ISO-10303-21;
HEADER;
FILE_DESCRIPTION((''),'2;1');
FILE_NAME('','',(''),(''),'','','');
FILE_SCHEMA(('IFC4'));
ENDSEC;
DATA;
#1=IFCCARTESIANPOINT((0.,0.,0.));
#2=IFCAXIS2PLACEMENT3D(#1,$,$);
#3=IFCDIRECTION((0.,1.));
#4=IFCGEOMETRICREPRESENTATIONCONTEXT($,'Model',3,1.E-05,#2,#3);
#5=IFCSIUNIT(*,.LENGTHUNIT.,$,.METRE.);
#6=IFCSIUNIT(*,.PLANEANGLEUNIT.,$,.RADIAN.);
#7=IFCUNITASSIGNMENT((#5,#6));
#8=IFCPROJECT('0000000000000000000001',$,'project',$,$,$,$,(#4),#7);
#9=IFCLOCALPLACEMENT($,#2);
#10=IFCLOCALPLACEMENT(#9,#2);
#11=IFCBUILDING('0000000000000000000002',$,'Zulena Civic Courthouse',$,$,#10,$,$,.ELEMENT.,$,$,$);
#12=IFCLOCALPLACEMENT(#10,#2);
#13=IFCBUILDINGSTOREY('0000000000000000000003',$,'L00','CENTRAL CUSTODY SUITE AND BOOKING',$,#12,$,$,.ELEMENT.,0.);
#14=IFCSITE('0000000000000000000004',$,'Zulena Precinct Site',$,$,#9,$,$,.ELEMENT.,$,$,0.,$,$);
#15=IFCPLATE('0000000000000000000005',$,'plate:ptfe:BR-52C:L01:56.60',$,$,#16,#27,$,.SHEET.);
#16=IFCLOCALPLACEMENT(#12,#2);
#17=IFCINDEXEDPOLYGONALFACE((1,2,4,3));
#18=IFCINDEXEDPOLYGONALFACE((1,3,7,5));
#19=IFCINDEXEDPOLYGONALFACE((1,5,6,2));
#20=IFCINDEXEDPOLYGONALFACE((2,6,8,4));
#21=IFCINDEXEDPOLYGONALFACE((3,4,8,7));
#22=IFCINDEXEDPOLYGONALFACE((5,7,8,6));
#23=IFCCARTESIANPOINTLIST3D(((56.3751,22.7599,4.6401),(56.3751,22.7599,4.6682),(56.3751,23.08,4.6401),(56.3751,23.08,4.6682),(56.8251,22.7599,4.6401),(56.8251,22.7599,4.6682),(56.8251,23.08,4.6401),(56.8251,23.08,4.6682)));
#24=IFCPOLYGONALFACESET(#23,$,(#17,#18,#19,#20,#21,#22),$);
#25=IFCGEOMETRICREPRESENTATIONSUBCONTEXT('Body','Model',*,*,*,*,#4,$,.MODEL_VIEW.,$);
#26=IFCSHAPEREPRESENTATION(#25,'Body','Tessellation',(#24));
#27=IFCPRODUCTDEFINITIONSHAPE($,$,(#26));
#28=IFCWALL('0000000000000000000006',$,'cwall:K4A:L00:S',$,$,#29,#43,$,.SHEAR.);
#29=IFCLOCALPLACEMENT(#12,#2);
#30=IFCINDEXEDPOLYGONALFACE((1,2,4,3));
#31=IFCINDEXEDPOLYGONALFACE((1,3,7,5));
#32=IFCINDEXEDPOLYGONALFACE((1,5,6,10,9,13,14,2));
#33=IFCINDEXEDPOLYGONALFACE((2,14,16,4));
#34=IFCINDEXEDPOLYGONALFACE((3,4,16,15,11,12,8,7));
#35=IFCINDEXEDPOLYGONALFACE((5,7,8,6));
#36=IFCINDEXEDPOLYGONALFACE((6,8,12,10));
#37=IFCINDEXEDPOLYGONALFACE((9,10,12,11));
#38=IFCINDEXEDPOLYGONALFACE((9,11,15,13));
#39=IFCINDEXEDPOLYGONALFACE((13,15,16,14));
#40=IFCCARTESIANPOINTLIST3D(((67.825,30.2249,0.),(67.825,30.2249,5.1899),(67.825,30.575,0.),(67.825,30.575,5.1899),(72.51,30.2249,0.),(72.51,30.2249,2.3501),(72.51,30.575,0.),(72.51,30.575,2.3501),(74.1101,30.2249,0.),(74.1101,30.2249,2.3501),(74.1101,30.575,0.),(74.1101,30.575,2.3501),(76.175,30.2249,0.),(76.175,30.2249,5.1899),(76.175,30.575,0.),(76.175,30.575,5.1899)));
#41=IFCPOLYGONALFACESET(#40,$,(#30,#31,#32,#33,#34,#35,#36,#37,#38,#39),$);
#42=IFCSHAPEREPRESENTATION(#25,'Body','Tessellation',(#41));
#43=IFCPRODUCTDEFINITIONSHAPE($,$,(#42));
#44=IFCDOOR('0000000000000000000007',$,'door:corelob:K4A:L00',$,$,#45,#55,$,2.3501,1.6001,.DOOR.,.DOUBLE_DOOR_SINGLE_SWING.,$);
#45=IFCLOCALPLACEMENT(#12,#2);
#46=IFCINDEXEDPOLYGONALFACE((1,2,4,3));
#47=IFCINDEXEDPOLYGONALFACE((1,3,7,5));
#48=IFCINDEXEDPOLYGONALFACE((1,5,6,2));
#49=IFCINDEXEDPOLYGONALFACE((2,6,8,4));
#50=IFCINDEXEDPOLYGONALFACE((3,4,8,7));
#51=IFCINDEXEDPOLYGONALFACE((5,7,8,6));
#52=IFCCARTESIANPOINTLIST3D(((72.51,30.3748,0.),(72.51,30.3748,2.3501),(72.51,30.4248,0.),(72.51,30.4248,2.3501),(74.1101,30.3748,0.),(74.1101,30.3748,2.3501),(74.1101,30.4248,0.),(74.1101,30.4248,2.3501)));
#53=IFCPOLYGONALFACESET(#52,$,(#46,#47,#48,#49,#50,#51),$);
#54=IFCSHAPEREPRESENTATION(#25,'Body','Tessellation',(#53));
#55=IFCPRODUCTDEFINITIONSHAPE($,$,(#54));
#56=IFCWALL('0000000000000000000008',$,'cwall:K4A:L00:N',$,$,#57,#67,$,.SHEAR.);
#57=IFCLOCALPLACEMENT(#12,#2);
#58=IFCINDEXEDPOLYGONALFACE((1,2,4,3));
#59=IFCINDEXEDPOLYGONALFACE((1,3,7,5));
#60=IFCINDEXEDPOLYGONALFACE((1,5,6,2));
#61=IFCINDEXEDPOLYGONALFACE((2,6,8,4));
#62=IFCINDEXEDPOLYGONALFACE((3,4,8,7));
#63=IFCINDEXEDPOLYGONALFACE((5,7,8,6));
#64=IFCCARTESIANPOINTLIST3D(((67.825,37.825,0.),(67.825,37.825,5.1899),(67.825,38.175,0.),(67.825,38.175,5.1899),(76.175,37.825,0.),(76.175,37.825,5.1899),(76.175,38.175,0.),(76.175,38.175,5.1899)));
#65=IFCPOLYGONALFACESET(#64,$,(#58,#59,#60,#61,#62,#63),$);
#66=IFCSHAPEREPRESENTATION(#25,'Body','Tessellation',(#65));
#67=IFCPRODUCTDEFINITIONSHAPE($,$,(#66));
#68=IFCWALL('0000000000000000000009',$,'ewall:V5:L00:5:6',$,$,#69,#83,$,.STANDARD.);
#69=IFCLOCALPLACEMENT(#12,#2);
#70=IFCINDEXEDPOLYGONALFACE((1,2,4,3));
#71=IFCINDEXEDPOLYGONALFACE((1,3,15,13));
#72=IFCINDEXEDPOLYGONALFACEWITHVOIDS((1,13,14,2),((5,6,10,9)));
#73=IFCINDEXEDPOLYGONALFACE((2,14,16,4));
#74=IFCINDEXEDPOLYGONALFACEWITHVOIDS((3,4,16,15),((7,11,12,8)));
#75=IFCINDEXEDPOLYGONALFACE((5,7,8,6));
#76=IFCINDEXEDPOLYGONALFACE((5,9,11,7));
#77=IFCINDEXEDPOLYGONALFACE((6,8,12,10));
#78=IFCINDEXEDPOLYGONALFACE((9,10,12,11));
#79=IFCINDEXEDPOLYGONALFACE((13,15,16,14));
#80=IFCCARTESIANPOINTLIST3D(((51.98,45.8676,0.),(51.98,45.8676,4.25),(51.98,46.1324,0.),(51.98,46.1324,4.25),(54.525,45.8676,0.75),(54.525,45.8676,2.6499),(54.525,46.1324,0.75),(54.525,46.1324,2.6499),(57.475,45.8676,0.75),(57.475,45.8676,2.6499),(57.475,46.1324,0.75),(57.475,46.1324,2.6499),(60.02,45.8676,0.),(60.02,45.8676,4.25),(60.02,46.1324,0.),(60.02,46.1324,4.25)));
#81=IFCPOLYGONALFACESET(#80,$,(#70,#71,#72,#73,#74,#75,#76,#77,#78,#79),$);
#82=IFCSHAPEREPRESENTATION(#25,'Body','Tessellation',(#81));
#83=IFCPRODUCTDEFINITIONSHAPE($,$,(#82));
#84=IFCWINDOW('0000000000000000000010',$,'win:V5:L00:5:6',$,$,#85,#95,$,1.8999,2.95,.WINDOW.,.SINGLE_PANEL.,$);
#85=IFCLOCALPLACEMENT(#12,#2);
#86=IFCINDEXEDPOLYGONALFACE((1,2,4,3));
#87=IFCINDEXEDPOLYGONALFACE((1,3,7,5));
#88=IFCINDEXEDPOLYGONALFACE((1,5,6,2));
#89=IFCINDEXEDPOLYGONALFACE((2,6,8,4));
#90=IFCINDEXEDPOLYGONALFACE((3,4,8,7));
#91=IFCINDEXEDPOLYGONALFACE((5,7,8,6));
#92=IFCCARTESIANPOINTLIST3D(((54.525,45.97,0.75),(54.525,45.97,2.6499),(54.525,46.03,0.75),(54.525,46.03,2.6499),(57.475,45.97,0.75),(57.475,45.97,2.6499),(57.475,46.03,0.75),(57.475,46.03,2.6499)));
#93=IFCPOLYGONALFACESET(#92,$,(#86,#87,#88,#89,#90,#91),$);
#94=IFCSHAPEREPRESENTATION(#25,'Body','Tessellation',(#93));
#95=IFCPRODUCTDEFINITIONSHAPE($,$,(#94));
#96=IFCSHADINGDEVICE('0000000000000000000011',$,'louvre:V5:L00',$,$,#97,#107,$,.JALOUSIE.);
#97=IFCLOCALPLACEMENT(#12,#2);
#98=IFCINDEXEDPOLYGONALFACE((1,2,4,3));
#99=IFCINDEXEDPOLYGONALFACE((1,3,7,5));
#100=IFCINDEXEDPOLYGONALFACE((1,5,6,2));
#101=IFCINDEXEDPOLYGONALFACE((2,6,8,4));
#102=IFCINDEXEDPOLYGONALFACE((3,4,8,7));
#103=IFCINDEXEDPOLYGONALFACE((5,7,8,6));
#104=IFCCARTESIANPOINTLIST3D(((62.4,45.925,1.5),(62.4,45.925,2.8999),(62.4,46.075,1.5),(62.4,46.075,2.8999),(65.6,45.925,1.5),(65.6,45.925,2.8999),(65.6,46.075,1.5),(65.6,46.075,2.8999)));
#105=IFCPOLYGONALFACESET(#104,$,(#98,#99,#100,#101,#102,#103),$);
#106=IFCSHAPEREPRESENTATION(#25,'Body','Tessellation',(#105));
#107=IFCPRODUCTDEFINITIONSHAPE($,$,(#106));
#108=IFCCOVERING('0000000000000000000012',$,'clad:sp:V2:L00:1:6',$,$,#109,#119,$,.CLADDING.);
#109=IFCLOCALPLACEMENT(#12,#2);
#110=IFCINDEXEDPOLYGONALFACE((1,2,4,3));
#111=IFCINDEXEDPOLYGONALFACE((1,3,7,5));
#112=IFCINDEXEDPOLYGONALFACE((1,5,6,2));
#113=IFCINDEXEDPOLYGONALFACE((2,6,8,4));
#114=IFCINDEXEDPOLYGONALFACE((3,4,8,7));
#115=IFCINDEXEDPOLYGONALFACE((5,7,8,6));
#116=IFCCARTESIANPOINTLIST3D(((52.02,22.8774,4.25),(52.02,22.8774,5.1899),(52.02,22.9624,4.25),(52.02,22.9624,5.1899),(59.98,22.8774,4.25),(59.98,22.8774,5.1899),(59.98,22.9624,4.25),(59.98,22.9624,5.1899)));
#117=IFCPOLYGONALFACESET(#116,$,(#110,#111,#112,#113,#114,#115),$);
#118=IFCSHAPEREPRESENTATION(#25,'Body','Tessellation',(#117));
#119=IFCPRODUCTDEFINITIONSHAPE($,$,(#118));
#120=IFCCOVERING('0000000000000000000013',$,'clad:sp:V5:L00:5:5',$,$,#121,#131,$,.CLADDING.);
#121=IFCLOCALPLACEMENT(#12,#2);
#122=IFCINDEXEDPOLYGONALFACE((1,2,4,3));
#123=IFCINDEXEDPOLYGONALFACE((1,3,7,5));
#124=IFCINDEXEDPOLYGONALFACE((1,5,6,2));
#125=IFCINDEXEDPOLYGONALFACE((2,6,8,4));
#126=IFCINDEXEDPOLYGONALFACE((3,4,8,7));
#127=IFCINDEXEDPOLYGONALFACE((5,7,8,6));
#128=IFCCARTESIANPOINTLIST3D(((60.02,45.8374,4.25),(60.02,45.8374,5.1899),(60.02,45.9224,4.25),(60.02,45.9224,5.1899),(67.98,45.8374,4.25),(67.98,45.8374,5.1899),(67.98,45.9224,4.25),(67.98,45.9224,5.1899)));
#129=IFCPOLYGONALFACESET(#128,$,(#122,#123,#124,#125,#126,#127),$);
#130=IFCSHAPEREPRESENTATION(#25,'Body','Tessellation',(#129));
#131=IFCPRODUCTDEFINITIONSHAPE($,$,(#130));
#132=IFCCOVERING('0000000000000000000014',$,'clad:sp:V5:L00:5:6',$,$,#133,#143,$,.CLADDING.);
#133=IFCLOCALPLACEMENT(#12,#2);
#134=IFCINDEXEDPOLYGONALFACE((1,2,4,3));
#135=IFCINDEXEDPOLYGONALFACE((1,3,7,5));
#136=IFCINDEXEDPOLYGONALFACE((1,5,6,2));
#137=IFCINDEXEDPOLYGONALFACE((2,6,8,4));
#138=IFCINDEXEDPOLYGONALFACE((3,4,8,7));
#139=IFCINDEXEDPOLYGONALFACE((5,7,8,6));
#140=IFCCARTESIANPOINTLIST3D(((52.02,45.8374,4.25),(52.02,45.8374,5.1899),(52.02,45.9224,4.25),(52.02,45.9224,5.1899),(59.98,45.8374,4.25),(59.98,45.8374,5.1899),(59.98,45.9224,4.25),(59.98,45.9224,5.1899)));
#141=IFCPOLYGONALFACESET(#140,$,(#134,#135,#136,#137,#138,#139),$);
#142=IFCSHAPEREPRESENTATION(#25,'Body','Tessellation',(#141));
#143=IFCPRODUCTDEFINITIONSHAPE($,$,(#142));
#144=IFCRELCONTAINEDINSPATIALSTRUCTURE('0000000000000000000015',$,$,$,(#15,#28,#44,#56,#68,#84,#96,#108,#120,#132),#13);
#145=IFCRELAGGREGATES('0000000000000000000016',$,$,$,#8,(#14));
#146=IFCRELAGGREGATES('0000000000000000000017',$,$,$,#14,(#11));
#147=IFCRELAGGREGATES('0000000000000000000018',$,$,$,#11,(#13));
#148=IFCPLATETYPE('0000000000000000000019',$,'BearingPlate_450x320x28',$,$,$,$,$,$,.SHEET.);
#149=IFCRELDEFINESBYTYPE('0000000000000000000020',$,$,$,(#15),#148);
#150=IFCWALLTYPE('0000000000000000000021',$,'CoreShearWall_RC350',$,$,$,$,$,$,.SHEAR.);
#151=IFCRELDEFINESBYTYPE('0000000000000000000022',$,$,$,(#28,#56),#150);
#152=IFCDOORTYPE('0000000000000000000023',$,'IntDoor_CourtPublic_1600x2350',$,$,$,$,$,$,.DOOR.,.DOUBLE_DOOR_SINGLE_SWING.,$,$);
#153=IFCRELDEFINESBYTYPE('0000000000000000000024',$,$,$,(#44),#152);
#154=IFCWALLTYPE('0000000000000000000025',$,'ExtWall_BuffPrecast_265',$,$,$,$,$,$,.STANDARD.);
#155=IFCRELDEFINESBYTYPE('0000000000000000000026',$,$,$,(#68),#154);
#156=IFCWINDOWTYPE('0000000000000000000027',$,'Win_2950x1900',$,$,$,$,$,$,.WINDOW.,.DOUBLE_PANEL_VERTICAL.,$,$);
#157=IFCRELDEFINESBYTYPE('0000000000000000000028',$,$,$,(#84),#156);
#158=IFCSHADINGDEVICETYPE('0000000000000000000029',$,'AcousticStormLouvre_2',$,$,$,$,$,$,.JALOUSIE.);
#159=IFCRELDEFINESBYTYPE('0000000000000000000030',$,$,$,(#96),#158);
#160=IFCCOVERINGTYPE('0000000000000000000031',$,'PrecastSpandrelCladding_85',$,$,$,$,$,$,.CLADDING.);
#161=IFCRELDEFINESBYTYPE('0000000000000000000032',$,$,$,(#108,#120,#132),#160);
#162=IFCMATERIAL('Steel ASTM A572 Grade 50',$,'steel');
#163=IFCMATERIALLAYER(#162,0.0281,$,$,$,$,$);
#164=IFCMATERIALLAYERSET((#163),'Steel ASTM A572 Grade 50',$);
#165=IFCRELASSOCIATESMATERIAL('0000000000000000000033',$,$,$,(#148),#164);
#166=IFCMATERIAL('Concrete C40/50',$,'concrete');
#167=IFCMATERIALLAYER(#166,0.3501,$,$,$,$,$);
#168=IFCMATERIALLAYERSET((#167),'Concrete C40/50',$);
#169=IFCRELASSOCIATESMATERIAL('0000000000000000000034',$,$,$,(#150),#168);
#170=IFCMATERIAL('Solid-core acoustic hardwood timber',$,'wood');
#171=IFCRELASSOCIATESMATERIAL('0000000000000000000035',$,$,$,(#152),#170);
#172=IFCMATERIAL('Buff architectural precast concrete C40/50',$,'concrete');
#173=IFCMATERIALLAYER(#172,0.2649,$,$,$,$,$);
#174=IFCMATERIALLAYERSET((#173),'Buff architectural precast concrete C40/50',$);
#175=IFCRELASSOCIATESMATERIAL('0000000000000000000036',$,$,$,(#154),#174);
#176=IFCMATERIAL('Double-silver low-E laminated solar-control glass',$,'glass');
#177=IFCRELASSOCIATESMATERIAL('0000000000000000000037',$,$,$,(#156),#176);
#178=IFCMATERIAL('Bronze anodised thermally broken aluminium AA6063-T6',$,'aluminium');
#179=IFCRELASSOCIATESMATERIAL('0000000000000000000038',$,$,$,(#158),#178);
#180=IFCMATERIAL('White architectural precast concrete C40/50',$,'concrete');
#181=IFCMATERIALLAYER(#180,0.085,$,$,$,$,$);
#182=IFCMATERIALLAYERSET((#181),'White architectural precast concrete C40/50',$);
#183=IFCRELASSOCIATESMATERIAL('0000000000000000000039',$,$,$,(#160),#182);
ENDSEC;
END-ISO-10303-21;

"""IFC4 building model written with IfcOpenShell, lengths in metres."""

from ifc_helpers import new_model, si_unit, direction, frame, frame_2d, origin, origin_2d, place, context, subcontext, project, spatial, rectangle, extrude, material, layer, layer_set, type_object, element, fill, save


model = new_model("IFC4")

# Units and contexts
model_context = context("Model", 3, precision=1e-05, world=origin(), true_north=direction((0.0, 1.0)))
body_context = subcontext(model_context, "Body", "Model", "MODEL_VIEW")
ifc_project = project(units=[si_unit("LENGTHUNIT", "METRE"), si_unit("PLANEANGLEUNIT", "RADIAN")], contexts=[model_context])

# Site, building, storey
site_placement = place(None, origin())
site = spatial("IfcSite", under=ifc_project, at=site_placement, Name="Zulena Precinct Site", CompositionType="ELEMENT", RefElevation=0.0)
building_placement = place(site_placement, origin())
building = spatial("IfcBuilding", under=site, at=building_placement, Name="Zulena Civic Courthouse", CompositionType="ELEMENT")
storey_placement = place(building_placement, origin())
storey = spatial("IfcBuildingStorey", under=building, at=storey_placement, Name="L00", Description="CENTRAL CUSTODY SUITE AND BOOKING", CompositionType="ELEMENT", Elevation=0.0)

# Shared definitions
ifc_material_1 = material(Name="Concrete C40/50", Category="concrete")

# Plate
ifc_material_2 = material(Name="Steel ASTM A572 Grade 50", Category="steel")
ifc_layer_1 = layer(ifc_material_2, 0.0281)
ifc_layer_set_1 = layer_set([ifc_layer_1], Name="Steel ASTM A572 Grade 50")
plate_type = type_object("IfcPlateType", Name="BearingPlate_450x320x28", PredefinedType="SHEET", material=ifc_layer_set_1)
plate_placement = place(storey_placement, frame((56.6001, 22.9199, 4.6401), z_axis=(0.0, 0.0, 1.0), x_axis=(1.0, 0.0, 0.0)))
element("IfcPlate", 1, at=plate_placement, inside=storey, type_object=plate_type, Name="plate:ptfe:BR-52C:L01:56.60", PredefinedType="SHEET", context=body_context, shape_type="SweptSolid", body=[
    extrude(rectangle(XDim=0.45, YDim=0.3201, at=origin_2d()), origin(), (0.0, 0.0, 1.0), 0.0281),
])

# Wall, opening, door
ifc_layer_2 = layer(ifc_material_1, 0.3501)
ifc_layer_set_2 = layer_set([ifc_layer_2], Name="Concrete C40/50")
wall_type_1 = type_object("IfcWallType", Name="CoreShearWall_RC350", PredefinedType="SHEAR", material=ifc_layer_set_2)
wall_1_placement = place(storey_placement, frame((67.825, 30.3999, 0.0), z_axis=(0.0, 0.0, 1.0), x_axis=(1.0, 0.0, 0.0)))
wall_1 = element("IfcWall", 2, at=wall_1_placement, inside=storey, type_object=wall_type_1, Name="cwall:K4A:L00:S", PredefinedType="SHEAR", context=body_context, shape_type="SweptSolid", body=[
    extrude(rectangle(XDim=8.3501, YDim=0.3501, at=frame_2d((4.175, 0.0))), origin(), (0.0, 0.0, 1.0), 5.1899),
])
opening_1_placement = place(wall_1_placement, frame((4.6851, 0.0, 0.0)))
opening_1 = element("IfcOpeningElement", 3, at=opening_1_placement, cuts=wall_1, PredefinedType="OPENING", context=body_context, shape_type="SweptSolid", body=[
    extrude(rectangle(XDim=1.6001, YDim=2.3501, at=frame_2d((0.8, 1.175))), frame((0.0, 0.1851, 0.0), z_axis=(0.0, -1.0, 0.0), x_axis=(1.0, 0.0, 0.0)), (0.0, 0.0, 1.0), 0.3701),
])
ifc_material_3 = material(Name="Solid-core acoustic hardwood timber", Category="wood")
door_type = type_object("IfcDoorType", Name="IntDoor_CourtPublic_1600x2350", OperationType="DOUBLE_DOOR_SINGLE_SWING", PredefinedType="DOOR", material=ifc_material_3)
door_placement = place(opening_1_placement, origin())
door = element("IfcDoor", 4, at=door_placement, inside=storey, type_object=door_type, Name="door:corelob:K4A:L00", OperationType="DOUBLE_DOOR_SINGLE_SWING", OverallHeight=2.3501, OverallWidth=1.6001, PredefinedType="DOOR", context=body_context, shape_type="SweptSolid", body=[
    extrude(rectangle(XDim=1.6001, YDim=2.3501, at=frame_2d((0.8, 1.175))), frame((0.0, 0.0249, 0.0), z_axis=(0.0, -1.0, 0.0), x_axis=(1.0, 0.0, 0.0)), (0.0, 0.0, 1.0), 0.05),
])
fill(opening_1, door)

# Wall
wall_2_placement = place(storey_placement, frame((67.825, 38.0, 0.0), z_axis=(0.0, 0.0, 1.0), x_axis=(1.0, 0.0, 0.0)))
element("IfcWall", 5, at=wall_2_placement, inside=storey, type_object=wall_type_1, Name="cwall:K4A:L00:N", PredefinedType="SHEAR", context=body_context, shape_type="SweptSolid", body=[
    extrude(rectangle(XDim=8.3501, YDim=0.3501, at=frame_2d((4.175, 0.0))), origin(), (0.0, 0.0, 1.0), 5.1899),
])

# Wall, opening, window
ifc_material_4 = material(Name="Buff architectural precast concrete C40/50", Category="concrete")
ifc_layer_3 = layer(ifc_material_4, 0.2649)
ifc_layer_set_3 = layer_set([ifc_layer_3], Name="Buff architectural precast concrete C40/50")
wall_type_2 = type_object("IfcWallType", Name="ExtWall_BuffPrecast_265", PredefinedType="STANDARD", material=ifc_layer_set_3)
wall_3_placement = place(storey_placement, frame((60.02, 46.0, 0.0), z_axis=(0.0, 0.0, 1.0), x_axis=(-1.0, 0.0, 0.0)))
wall_3 = element("IfcWall", 6, at=wall_3_placement, inside=storey, type_object=wall_type_2, Name="ewall:V5:L00:5:6", PredefinedType="STANDARD", context=body_context, shape_type="SweptSolid", body=[
    extrude(rectangle(XDim=8.04, YDim=0.2649, at=frame_2d((4.02, 0.0))), origin(), (0.0, 0.0, 1.0), 4.25),
])
opening_2_placement = place(wall_3_placement, frame((2.5449, 0.0, 0.75)))
opening_2 = element("IfcOpeningElement", 7, at=opening_2_placement, cuts=wall_3, PredefinedType="OPENING", context=body_context, shape_type="SweptSolid", body=[
    extrude(rectangle(XDim=2.95, YDim=1.8999, at=frame_2d((1.4751, 0.95))), frame((0.0, 0.1423, 0.0), z_axis=(0.0, -1.0, 0.0), x_axis=(1.0, 0.0, 0.0)), (0.0, 0.0, 1.0), 0.2849),
])
ifc_material_5 = material(Name="Double-silver low-E laminated solar-control glass", Category="glass")
window_type = type_object("IfcWindowType", Name="Win_2950x1900", PartitioningType="DOUBLE_PANEL_VERTICAL", PredefinedType="WINDOW", material=ifc_material_5)
window_placement = place(opening_2_placement, origin())
window = element("IfcWindow", 8, at=window_placement, inside=storey, type_object=window_type, Name="win:V5:L00:5:6", OverallHeight=1.8999, OverallWidth=2.95, PartitioningType="SINGLE_PANEL", PredefinedType="WINDOW", context=body_context, shape_type="SweptSolid", body=[
    extrude(rectangle(XDim=2.95, YDim=1.8999, at=frame_2d((1.4751, 0.95))), frame((0.0, 0.03, 0.0), z_axis=(0.0, -1.0, 0.0), x_axis=(1.0, 0.0, 0.0)), (0.0, 0.0, 1.0), 0.0601),
])
fill(opening_2, window)

# Shading device
ifc_material_6 = material(Name="Bronze anodised thermally broken aluminium AA6063-T6", Category="aluminium")
shading_device_type = type_object("IfcShadingDeviceType", Name="AcousticStormLouvre_2", PredefinedType="JALOUSIE", material=ifc_material_6)
shading_device_placement = place(storey_placement, frame((64.0, 46.0, 1.5), z_axis=(0.0, 0.0, 1.0), x_axis=(1.0, 0.0, 0.0)))
element("IfcShadingDevice", 9, at=shading_device_placement, inside=storey, type_object=shading_device_type, Name="louvre:V5:L00", PredefinedType="JALOUSIE", context=body_context, shape_type="SweptSolid", body=[
    extrude(rectangle(XDim=3.2, YDim=0.1499, at=origin_2d()), origin(), (0.0, 0.0, 1.0), 1.3999),
])

# Coverings
ifc_material_7 = material(Name="White architectural precast concrete C40/50", Category="concrete")
ifc_layer_4 = layer(ifc_material_7, 0.085)
ifc_layer_set_4 = layer_set([ifc_layer_4], Name="White architectural precast concrete C40/50")
covering_type = type_object("IfcCoveringType", Name="PrecastSpandrelCladding_85", PredefinedType="CLADDING", material=ifc_layer_set_4)
for number, where, z_axis, x_axis, name in (
    (10, (56.0, 22.9199, 4.25), (0.0, 0.0, 1.0), (1.0, 0.0, 0.0), "clad:sp:V2:L00:1:6"),
    (11, (64.0, 45.8799, 4.25), (0.0, 0.0, 1.0), (-1.0, 0.0, 0.0), "clad:sp:V5:L00:5:5"),
    (12, (56.0, 45.8799, 4.25), (0.0, 0.0, 1.0), (-1.0, 0.0, 0.0), "clad:sp:V5:L00:5:6"),
):
    element("IfcCovering", number, at=place(storey_placement, frame(where, z_axis=z_axis, x_axis=x_axis)), inside=storey, type_object=covering_type, Name=name, PredefinedType="CLADDING", context=body_context, shape_type="SweptSolid", body=[
        extrude(rectangle(XDim=7.96, YDim=0.085, at=origin_2d()), origin(), (0.0, 0.0, 1.0), 0.9399),
    ])

save(model, "model.ifc")
